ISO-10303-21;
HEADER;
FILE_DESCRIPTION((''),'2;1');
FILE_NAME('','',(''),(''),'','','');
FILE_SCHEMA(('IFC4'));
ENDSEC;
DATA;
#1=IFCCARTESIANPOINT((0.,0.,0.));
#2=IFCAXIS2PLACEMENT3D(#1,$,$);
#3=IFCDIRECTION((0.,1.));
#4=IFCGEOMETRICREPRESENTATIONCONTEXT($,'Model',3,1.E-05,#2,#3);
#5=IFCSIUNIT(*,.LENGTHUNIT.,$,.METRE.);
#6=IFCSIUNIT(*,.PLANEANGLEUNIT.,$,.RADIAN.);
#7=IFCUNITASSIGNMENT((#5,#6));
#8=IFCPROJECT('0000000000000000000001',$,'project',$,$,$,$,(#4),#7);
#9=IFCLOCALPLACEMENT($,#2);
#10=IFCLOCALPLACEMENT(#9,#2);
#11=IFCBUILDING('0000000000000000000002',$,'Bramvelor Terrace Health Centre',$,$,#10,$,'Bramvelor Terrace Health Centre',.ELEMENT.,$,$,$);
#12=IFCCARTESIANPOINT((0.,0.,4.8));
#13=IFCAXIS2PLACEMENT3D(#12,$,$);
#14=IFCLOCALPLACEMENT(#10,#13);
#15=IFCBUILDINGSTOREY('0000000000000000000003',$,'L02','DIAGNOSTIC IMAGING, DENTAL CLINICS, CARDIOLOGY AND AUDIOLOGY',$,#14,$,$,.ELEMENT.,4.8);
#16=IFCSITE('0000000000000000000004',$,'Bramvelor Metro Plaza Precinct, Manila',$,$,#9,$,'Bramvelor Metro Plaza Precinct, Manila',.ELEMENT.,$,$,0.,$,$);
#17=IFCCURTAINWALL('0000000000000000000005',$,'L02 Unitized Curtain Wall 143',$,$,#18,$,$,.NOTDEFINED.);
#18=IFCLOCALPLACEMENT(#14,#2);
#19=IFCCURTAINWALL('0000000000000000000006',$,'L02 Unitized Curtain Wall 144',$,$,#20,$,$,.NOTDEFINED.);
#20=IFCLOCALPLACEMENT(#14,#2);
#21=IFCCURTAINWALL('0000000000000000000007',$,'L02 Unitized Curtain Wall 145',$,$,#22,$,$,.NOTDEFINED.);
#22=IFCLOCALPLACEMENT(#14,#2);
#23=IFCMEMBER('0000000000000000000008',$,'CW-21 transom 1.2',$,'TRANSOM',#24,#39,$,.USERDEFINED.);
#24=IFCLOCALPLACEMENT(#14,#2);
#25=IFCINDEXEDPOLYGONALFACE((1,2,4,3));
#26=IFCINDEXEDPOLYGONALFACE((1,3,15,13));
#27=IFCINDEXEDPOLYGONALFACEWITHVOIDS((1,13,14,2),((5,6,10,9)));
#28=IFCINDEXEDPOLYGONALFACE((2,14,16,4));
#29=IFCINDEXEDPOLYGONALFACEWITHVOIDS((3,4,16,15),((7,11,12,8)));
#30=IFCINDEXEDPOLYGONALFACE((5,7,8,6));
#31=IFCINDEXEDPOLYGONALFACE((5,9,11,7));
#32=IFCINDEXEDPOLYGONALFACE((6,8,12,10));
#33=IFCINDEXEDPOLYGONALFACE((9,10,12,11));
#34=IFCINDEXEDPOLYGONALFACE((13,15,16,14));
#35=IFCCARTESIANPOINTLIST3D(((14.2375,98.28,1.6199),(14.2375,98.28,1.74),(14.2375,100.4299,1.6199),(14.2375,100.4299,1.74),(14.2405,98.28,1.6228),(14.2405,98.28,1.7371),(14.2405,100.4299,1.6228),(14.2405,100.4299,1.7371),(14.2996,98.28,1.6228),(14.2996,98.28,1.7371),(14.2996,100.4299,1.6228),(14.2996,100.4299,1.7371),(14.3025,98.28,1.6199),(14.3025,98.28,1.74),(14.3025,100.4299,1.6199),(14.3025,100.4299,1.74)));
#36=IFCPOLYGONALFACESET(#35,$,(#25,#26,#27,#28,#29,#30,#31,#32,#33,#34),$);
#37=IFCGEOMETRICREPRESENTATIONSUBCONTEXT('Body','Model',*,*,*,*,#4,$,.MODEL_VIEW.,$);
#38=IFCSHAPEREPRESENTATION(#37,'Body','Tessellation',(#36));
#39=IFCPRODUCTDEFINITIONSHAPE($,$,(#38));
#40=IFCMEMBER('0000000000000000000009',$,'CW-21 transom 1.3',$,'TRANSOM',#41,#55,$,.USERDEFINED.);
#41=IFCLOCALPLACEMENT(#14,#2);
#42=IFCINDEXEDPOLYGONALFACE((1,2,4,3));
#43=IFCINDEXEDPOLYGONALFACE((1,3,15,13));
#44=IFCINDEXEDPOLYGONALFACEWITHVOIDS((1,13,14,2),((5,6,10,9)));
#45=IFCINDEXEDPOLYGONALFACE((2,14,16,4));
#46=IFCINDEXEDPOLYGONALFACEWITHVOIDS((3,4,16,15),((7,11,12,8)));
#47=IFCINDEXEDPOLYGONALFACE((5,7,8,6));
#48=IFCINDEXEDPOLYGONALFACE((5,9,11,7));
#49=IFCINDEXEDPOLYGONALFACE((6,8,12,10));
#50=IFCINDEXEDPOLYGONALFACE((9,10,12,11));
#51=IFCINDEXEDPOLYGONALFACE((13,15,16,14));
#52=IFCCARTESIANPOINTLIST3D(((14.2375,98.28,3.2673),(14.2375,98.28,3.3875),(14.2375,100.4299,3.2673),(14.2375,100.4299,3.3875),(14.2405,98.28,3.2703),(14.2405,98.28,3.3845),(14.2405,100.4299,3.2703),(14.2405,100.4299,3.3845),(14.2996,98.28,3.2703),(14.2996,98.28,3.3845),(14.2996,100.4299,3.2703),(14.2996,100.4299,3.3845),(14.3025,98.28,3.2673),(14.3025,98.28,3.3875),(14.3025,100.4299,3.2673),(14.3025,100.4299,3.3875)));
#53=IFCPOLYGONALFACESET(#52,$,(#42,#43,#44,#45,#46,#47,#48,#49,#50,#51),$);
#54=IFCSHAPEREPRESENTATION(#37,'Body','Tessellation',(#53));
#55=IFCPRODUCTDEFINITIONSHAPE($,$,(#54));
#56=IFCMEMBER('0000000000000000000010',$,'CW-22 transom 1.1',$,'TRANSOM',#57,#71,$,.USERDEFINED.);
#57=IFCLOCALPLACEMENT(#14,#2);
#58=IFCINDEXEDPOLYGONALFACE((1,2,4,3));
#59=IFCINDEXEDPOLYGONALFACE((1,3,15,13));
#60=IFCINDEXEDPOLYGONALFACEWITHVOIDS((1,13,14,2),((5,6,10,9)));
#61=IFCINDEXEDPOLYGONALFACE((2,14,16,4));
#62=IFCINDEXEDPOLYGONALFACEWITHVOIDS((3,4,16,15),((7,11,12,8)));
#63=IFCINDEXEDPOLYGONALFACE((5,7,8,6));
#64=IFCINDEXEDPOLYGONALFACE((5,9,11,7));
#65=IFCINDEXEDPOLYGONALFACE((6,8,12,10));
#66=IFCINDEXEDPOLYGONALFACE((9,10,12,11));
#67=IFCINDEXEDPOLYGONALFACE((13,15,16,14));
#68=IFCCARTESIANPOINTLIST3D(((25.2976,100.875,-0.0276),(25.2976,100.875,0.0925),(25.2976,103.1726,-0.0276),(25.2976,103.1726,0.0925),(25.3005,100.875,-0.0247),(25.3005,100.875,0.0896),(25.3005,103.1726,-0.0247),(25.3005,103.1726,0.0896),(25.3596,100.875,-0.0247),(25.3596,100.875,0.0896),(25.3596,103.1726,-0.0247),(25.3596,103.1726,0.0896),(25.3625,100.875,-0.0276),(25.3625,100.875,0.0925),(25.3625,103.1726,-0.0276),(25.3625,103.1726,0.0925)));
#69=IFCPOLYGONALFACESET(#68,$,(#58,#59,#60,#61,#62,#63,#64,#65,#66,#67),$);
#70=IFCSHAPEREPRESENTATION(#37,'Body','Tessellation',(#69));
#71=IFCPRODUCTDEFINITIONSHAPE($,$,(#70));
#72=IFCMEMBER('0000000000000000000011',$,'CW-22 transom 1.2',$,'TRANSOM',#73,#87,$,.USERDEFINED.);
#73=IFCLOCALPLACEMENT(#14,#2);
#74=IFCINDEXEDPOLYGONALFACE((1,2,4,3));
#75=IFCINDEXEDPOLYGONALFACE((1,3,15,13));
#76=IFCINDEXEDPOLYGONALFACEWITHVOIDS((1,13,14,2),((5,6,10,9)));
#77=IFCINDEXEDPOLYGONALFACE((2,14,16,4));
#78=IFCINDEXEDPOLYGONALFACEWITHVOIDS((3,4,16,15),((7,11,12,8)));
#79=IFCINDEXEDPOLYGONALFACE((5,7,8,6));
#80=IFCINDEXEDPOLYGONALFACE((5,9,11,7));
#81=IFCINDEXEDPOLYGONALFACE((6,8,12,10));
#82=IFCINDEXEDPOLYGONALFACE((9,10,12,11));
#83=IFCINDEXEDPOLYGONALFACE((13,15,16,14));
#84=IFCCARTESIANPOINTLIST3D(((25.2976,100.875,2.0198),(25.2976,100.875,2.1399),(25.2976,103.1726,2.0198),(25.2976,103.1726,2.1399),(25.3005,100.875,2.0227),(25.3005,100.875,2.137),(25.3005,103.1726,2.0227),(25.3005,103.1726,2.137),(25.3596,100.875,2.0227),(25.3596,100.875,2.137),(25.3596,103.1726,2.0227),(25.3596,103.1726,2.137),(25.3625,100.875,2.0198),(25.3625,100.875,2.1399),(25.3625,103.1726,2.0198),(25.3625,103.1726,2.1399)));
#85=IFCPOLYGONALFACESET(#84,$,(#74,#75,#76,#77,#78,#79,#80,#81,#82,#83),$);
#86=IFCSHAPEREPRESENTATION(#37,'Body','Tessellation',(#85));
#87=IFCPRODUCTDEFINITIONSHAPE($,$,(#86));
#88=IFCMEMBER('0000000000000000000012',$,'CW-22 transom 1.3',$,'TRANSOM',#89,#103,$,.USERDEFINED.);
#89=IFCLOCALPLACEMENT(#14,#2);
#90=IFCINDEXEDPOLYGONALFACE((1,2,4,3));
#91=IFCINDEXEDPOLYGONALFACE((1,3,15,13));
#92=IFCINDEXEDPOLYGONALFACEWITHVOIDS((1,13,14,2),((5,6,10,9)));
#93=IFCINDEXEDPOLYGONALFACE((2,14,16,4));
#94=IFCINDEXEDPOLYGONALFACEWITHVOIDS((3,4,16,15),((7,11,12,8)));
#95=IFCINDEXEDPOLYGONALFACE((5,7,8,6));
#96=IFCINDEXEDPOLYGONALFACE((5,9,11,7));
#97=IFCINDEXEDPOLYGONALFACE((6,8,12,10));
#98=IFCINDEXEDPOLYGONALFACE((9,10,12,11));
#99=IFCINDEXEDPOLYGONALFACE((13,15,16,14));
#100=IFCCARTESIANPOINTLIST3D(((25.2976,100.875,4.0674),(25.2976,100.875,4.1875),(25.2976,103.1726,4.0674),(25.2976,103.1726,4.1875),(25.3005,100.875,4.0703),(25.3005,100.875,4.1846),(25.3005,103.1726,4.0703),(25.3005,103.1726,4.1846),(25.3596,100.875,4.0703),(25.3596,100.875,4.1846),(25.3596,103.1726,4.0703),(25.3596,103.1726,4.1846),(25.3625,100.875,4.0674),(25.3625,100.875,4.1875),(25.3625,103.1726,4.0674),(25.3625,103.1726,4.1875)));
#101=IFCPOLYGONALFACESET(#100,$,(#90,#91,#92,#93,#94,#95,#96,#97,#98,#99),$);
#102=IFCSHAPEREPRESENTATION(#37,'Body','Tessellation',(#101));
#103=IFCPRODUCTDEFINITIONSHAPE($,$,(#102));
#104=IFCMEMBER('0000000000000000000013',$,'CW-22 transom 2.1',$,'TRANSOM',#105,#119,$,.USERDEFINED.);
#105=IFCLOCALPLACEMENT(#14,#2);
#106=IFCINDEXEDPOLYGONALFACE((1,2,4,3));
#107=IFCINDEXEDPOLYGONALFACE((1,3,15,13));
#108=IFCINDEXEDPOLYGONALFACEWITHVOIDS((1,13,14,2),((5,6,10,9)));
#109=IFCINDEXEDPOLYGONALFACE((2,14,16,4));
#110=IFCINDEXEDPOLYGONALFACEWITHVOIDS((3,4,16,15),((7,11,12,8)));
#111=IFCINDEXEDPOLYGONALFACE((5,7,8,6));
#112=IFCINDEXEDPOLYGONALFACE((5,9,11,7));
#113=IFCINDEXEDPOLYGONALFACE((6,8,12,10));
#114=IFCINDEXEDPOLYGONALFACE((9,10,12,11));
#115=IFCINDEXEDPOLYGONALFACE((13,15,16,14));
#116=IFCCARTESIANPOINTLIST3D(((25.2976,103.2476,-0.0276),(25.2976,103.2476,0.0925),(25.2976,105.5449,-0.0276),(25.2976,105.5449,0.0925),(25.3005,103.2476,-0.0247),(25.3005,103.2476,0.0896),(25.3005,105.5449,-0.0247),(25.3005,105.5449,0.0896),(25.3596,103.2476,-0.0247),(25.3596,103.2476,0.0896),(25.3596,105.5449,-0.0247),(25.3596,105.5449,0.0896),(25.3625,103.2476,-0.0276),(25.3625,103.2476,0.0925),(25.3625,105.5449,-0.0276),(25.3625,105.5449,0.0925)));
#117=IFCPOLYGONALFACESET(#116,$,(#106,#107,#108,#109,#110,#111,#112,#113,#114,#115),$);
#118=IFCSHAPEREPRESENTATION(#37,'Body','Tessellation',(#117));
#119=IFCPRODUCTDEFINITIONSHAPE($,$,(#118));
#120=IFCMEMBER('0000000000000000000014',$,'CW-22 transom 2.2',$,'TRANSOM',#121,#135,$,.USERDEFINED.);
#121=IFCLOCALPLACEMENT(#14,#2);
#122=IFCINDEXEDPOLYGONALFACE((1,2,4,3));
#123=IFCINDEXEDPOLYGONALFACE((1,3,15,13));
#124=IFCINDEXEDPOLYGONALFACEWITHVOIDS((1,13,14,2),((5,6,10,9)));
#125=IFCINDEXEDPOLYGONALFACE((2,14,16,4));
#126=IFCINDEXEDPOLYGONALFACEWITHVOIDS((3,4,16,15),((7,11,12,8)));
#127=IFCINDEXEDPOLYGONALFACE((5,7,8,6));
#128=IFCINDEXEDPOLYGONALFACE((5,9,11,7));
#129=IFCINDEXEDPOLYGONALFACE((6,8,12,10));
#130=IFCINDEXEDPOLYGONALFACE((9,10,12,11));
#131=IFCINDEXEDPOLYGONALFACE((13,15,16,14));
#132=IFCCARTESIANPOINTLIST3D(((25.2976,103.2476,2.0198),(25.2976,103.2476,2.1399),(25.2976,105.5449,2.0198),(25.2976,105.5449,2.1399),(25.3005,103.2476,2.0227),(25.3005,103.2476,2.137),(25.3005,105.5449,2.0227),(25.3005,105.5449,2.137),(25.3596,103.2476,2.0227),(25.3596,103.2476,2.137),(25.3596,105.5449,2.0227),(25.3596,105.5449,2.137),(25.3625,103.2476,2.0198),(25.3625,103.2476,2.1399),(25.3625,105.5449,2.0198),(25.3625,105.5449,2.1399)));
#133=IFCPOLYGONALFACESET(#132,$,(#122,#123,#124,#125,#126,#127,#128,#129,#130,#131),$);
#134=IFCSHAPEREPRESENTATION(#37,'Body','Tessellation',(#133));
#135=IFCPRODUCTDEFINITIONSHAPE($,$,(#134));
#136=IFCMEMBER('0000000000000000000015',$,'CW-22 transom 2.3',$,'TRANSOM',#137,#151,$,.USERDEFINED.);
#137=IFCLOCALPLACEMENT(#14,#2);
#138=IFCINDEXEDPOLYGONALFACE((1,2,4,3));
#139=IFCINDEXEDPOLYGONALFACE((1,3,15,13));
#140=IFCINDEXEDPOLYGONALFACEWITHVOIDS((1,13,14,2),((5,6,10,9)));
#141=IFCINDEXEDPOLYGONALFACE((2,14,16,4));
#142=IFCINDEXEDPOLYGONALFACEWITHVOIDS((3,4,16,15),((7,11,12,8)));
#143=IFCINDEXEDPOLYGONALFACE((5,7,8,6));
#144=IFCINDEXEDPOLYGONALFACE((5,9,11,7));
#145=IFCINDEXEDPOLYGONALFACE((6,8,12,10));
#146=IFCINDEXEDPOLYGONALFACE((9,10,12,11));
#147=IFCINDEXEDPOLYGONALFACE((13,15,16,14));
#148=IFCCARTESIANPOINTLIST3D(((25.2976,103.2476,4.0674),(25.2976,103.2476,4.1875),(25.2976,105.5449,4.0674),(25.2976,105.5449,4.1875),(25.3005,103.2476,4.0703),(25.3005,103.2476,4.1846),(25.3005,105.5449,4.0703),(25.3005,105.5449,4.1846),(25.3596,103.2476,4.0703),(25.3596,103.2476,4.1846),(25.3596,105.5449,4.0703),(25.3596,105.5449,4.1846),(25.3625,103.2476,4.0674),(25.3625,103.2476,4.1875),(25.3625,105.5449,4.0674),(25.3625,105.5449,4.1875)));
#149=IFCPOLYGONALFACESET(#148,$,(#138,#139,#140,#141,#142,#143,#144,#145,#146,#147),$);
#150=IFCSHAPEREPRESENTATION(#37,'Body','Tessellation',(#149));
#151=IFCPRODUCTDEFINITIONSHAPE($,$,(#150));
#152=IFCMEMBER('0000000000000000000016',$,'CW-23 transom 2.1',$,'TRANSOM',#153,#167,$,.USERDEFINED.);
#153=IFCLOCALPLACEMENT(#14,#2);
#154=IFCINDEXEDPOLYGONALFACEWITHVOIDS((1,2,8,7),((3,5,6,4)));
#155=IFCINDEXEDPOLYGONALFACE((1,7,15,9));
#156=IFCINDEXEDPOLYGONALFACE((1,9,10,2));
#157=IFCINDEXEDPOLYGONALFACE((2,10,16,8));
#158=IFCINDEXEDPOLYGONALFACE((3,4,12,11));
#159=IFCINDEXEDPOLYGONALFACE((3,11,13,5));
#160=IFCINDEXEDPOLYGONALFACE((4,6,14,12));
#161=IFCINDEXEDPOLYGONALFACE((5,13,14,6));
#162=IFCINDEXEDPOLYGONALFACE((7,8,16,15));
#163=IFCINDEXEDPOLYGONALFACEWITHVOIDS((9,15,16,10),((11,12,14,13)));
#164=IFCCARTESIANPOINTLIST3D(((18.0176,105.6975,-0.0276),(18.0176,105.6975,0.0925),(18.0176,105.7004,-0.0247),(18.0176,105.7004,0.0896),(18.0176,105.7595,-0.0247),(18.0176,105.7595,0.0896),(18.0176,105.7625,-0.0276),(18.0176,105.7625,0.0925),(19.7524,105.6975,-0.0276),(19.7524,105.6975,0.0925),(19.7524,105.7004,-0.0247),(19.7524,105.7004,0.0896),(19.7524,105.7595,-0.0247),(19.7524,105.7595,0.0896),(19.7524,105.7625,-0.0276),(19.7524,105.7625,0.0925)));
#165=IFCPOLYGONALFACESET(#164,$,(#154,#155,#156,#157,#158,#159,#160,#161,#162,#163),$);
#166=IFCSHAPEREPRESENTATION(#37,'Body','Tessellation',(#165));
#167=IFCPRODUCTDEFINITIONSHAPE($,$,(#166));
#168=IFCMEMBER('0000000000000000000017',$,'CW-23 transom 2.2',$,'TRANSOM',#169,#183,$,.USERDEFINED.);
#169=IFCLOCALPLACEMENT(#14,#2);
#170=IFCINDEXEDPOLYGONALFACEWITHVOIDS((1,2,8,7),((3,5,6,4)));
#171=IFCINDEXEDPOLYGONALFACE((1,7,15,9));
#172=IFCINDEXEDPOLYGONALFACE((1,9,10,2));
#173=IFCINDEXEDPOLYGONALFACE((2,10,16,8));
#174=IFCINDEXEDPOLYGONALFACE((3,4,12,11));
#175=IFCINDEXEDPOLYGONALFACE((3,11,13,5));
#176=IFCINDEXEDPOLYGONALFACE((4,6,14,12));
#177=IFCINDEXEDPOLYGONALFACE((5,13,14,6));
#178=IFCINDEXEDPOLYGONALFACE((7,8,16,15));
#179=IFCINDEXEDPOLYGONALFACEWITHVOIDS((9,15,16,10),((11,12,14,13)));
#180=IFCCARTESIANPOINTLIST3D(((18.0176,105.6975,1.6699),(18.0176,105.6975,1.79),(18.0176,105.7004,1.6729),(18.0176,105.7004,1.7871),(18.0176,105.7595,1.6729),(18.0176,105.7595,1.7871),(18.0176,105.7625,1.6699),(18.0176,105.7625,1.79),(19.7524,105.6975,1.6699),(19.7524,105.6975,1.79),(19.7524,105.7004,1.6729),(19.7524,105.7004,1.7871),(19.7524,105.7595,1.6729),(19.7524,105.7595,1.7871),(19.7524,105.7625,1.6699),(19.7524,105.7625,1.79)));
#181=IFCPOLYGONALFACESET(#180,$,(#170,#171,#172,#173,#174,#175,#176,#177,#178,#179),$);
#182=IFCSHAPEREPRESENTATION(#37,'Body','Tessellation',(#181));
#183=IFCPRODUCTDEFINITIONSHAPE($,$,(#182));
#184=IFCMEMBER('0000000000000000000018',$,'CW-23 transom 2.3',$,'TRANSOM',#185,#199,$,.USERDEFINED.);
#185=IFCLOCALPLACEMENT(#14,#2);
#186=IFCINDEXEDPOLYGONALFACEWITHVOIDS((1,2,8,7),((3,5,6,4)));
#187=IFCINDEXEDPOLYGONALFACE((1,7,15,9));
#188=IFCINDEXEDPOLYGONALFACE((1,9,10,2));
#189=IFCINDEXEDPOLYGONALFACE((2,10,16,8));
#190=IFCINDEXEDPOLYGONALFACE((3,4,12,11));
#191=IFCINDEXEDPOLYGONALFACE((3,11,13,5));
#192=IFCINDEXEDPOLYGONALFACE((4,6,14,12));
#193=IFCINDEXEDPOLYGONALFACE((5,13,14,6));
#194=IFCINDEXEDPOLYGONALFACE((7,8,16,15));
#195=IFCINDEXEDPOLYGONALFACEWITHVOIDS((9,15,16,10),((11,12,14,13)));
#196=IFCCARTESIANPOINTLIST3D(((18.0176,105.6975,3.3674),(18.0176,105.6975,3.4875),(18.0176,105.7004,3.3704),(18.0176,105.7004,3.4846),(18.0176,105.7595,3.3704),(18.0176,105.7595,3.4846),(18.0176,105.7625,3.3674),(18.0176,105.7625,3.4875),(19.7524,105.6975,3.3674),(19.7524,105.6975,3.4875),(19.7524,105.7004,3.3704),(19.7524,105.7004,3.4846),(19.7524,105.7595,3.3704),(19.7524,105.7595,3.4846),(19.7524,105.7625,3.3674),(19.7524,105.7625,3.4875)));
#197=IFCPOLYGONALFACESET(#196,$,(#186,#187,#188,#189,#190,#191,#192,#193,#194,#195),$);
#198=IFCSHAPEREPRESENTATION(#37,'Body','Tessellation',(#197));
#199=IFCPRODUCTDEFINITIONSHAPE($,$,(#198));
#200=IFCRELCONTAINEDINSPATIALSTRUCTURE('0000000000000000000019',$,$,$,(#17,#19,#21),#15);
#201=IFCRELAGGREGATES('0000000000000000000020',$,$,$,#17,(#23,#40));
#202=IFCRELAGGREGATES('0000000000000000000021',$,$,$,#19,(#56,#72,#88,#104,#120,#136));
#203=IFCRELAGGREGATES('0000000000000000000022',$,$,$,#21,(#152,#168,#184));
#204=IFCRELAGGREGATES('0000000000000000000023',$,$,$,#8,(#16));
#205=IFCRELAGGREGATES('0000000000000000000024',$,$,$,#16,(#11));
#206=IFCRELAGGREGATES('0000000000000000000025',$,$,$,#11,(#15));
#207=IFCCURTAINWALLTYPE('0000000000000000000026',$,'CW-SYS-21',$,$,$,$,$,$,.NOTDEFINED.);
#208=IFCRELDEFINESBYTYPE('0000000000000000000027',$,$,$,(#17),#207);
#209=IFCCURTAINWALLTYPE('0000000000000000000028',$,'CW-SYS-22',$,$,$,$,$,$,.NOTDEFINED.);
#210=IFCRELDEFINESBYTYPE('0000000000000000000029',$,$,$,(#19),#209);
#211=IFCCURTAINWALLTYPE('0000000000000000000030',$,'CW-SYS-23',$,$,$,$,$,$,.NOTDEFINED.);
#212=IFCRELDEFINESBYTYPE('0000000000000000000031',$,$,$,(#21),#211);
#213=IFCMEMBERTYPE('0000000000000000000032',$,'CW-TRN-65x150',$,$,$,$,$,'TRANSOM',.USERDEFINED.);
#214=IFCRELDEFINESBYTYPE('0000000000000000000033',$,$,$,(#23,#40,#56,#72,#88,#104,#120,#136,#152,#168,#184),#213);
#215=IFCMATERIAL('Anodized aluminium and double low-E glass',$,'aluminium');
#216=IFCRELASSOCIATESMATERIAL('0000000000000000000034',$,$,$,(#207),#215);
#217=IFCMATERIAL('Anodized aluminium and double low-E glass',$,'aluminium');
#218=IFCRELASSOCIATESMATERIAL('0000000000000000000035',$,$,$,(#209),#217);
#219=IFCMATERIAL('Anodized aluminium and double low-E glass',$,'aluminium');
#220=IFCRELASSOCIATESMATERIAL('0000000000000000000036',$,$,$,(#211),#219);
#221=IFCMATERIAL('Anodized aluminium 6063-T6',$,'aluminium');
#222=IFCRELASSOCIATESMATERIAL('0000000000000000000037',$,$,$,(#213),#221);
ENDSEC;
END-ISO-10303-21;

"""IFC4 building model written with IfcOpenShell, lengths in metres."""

from ifc_helpers import new_model, si_unit, direction, frame, origin, origin_2d, place, context, subcontext, project, spatial, hollow_rectangle, extrude, material, material_profile, profile_set, type_object, element, aggregate, save


model = new_model("IFC4")

# Units and contexts
model_context = context("Model", 3, precision=1e-05, world=origin(), true_north=direction((0.0, 1.0)))
body_context = subcontext(model_context, "Body", "Model", "MODEL_VIEW")
ifc_project = project(units=[si_unit("LENGTHUNIT", "METRE"), si_unit("PLANEANGLEUNIT", "RADIAN")], contexts=[model_context])

# Site, building, storey
site_placement = place(None, origin())
site = spatial("IfcSite", under=ifc_project, at=site_placement, Name="Bramvelor Metro Plaza Precinct, Manila", LongName="Bramvelor Metro Plaza Precinct, Manila", CompositionType="ELEMENT", RefElevation=0.0)
building_placement = place(site_placement, origin())
building = spatial("IfcBuilding", under=site, at=building_placement, Name="Bramvelor Terrace Health Centre", LongName="Bramvelor Terrace Health Centre", CompositionType="ELEMENT")
storey_placement = place(building_placement, frame((0.0, 0.0, 4.8)))
storey = spatial("IfcBuildingStorey", under=building, at=storey_placement, Name="L02", Description="DIAGNOSTIC IMAGING, DENTAL CLINICS, CARDIOLOGY AND AUDIOLOGY", CompositionType="ELEMENT", Elevation=4.8)

# Curtain wall
ifc_material_1 = material(Name="Anodized aluminium and double low-E glass", Category="aluminium")
curtain_wall_type_1 = type_object("IfcCurtainWallType", Name="CW-SYS-21", PredefinedType="NOTDEFINED", material=ifc_material_1)
curtain_wall_1_placement = place(storey_placement, origin())
curtain_wall_1 = element("IfcCurtainWall", 1, at=curtain_wall_1_placement, inside=storey, type_object=curtain_wall_type_1, Name="L02 Unitized Curtain Wall 143", PredefinedType="NOTDEFINED")

# Curtain walls
ifc_material_2 = material(Name="Anodized aluminium and double low-E glass", Category="aluminium")
curtain_wall_type_2 = type_object("IfcCurtainWallType", Name="CW-SYS-22", PredefinedType="NOTDEFINED", material=ifc_material_2)
curtain_wall_2_placement = place(storey_placement, origin())
curtain_wall_2 = element("IfcCurtainWall", 2, at=curtain_wall_2_placement, inside=storey, type_object=curtain_wall_type_2, Name="L02 Unitized Curtain Wall 144", PredefinedType="NOTDEFINED")
ifc_material_3 = material(Name="Anodized aluminium and double low-E glass", Category="aluminium")
curtain_wall_type_3 = type_object("IfcCurtainWallType", Name="CW-SYS-23", PredefinedType="NOTDEFINED", material=ifc_material_3)
curtain_wall_3_placement = place(storey_placement, origin())
curtain_wall_3 = element("IfcCurtainWall", 3, at=curtain_wall_3_placement, inside=storey, type_object=curtain_wall_type_3, Name="L02 Unitized Curtain Wall 145", PredefinedType="NOTDEFINED")

# Members
ifc_material_4 = material(Name="Anodized aluminium 6063-T6", Category="aluminium")
ifc_material_profile_1 = material_profile(ifc_material_4, hollow_rectangle(XDim=0.0649, YDim=0.1201, WallThickness=0.0029, at=origin_2d()), Name="ALU-TRN 65x120x3.0")
ifc_profile_set_1 = profile_set([ifc_material_profile_1], Name="Anodized aluminium 6063-T6")
member_type_1 = type_object("IfcMemberType", Name="CW-TRN-65x150", ElementType="TRANSOM", PredefinedType="USERDEFINED", material=ifc_profile_set_1)
member_1_placement = place(storey_placement, frame((14.27, 100.4299, 1.6799), z_axis=(0.0, -1.0, 0.0), x_axis=(1.0, 0.0, 0.0)))
member_1 = element("IfcMember", 4, at=member_1_placement, type_object=member_type_1, Name="CW-21 transom 1.2", ObjectType="TRANSOM", PredefinedType="USERDEFINED", context=body_context, shape_type="SweptSolid", body=[
    extrude(hollow_rectangle(XDim=0.0649, YDim=0.1201, WallThickness=0.0029, at=origin_2d()), origin(), (0.0, 0.0, 1.0), 2.1499),
])
member_2_placement = place(storey_placement, frame((14.27, 100.4299, 3.3274), z_axis=(0.0, -1.0, 0.0), x_axis=(1.0, 0.0, 0.0)))
member_2 = element("IfcMember", 5, at=member_2_placement, type_object=member_type_1, Name="CW-21 transom 1.3", ObjectType="TRANSOM", PredefinedType="USERDEFINED", context=body_context, shape_type="SweptSolid", body=[
    extrude(hollow_rectangle(XDim=0.0649, YDim=0.1201, WallThickness=0.0029, at=origin_2d()), origin(), (0.0, 0.0, 1.0), 2.1499),
])
aggregate(curtain_wall_1, [member_1, member_2])
member_3_placement = place(storey_placement, frame((25.3301, 100.875, 0.0325), z_axis=(0.0, 1.0, 0.0), x_axis=(-1.0, 0.0, 0.0)))
member_3 = element("IfcMember", 6, at=member_3_placement, type_object=member_type_1, Name="CW-22 transom 1.1", ObjectType="TRANSOM", PredefinedType="USERDEFINED", context=body_context, shape_type="SweptSolid", body=[
    extrude(hollow_rectangle(XDim=0.0649, YDim=0.1201, WallThickness=0.0029, at=origin_2d()), origin(), (0.0, 0.0, 1.0), 2.2976),
])
member_4_placement = place(storey_placement, frame((25.3301, 100.875, 2.0798), z_axis=(0.0, 1.0, 0.0), x_axis=(-1.0, 0.0, 0.0)))
member_4 = element("IfcMember", 7, at=member_4_placement, type_object=member_type_1, Name="CW-22 transom 1.2", ObjectType="TRANSOM", PredefinedType="USERDEFINED", context=body_context, shape_type="SweptSolid", body=[
    extrude(hollow_rectangle(XDim=0.0649, YDim=0.1201, WallThickness=0.0029, at=origin_2d()), origin(), (0.0, 0.0, 1.0), 2.2976),
])
member_5_placement = place(storey_placement, frame((25.3301, 100.875, 4.1274), z_axis=(0.0, 1.0, 0.0), x_axis=(-1.0, 0.0, 0.0)))
member_5 = element("IfcMember", 8, at=member_5_placement, type_object=member_type_1, Name="CW-22 transom 1.3", ObjectType="TRANSOM", PredefinedType="USERDEFINED", context=body_context, shape_type="SweptSolid", body=[
    extrude(hollow_rectangle(XDim=0.0649, YDim=0.1201, WallThickness=0.0029, at=origin_2d()), origin(), (0.0, 0.0, 1.0), 2.2976),
])
member_6_placement = place(storey_placement, frame((25.3301, 103.2476, 0.0325), z_axis=(0.0, 1.0, 0.0), x_axis=(-1.0, 0.0, 0.0)))
member_6 = element("IfcMember", 9, at=member_6_placement, type_object=member_type_1, Name="CW-22 transom 2.1", ObjectType="TRANSOM", PredefinedType="USERDEFINED", context=body_context, shape_type="SweptSolid", body=[
    extrude(hollow_rectangle(XDim=0.0649, YDim=0.1201, WallThickness=0.0029, at=origin_2d()), origin(), (0.0, 0.0, 1.0), 2.2974),
])
member_7_placement = place(storey_placement, frame((25.3301, 103.2476, 2.0798), z_axis=(0.0, 1.0, 0.0), x_axis=(-1.0, 0.0, 0.0)))
member_7 = element("IfcMember", 10, at=member_7_placement, type_object=member_type_1, Name="CW-22 transom 2.2", ObjectType="TRANSOM", PredefinedType="USERDEFINED", context=body_context, shape_type="SweptSolid", body=[
    extrude(hollow_rectangle(XDim=0.0649, YDim=0.1201, WallThickness=0.0029, at=origin_2d()), origin(), (0.0, 0.0, 1.0), 2.2974),
])
member_8_placement = place(storey_placement, frame((25.3301, 103.2476, 4.1274), z_axis=(0.0, 1.0, 0.0), x_axis=(-1.0, 0.0, 0.0)))
member_8 = element("IfcMember", 11, at=member_8_placement, type_object=member_type_1, Name="CW-22 transom 2.3", ObjectType="TRANSOM", PredefinedType="USERDEFINED", context=body_context, shape_type="SweptSolid", body=[
    extrude(hollow_rectangle(XDim=0.0649, YDim=0.1201, WallThickness=0.0029, at=origin_2d()), origin(), (0.0, 0.0, 1.0), 2.2974),
])
member_9_placement = place(storey_placement, frame((19.7524, 105.73, 0.0325), z_axis=(-1.0, 0.0, 0.0), x_axis=(0.0, -1.0, 0.0)))
member_9 = element("IfcMember", 12, at=member_9_placement, type_object=member_type_1, Name="CW-23 transom 2.1", ObjectType="TRANSOM", PredefinedType="USERDEFINED", context=body_context, shape_type="SweptSolid", body=[
    extrude(hollow_rectangle(XDim=0.0649, YDim=0.1201, WallThickness=0.0029, at=origin_2d()), origin(), (0.0, 0.0, 1.0), 1.7349),
])
member_10_placement = place(storey_placement, frame((19.7524, 105.73, 1.73), z_axis=(-1.0, 0.0, 0.0), x_axis=(0.0, -1.0, 0.0)))
member_10 = element("IfcMember", 13, at=member_10_placement, type_object=member_type_1, Name="CW-23 transom 2.2", ObjectType="TRANSOM", PredefinedType="USERDEFINED", context=body_context, shape_type="SweptSolid", body=[
    extrude(hollow_rectangle(XDim=0.0649, YDim=0.1201, WallThickness=0.0029, at=origin_2d()), origin(), (0.0, 0.0, 1.0), 1.7349),
])
member_11_placement = place(storey_placement, frame((19.7524, 105.73, 3.4275), z_axis=(-1.0, 0.0, 0.0), x_axis=(0.0, -1.0, 0.0)))
member_11 = element("IfcMember", 14, at=member_11_placement, type_object=member_type_1, Name="CW-23 transom 2.3", ObjectType="TRANSOM", PredefinedType="USERDEFINED", context=body_context, shape_type="SweptSolid", body=[
    extrude(hollow_rectangle(XDim=0.0649, YDim=0.1201, WallThickness=0.0029, at=origin_2d()), origin(), (0.0, 0.0, 1.0), 1.7349),
])

aggregate(curtain_wall_2, [member_3, member_4, member_5, member_6, member_7, member_8])
aggregate(curtain_wall_3, [member_9, member_10, member_11])

save(model, "model.ifc")
